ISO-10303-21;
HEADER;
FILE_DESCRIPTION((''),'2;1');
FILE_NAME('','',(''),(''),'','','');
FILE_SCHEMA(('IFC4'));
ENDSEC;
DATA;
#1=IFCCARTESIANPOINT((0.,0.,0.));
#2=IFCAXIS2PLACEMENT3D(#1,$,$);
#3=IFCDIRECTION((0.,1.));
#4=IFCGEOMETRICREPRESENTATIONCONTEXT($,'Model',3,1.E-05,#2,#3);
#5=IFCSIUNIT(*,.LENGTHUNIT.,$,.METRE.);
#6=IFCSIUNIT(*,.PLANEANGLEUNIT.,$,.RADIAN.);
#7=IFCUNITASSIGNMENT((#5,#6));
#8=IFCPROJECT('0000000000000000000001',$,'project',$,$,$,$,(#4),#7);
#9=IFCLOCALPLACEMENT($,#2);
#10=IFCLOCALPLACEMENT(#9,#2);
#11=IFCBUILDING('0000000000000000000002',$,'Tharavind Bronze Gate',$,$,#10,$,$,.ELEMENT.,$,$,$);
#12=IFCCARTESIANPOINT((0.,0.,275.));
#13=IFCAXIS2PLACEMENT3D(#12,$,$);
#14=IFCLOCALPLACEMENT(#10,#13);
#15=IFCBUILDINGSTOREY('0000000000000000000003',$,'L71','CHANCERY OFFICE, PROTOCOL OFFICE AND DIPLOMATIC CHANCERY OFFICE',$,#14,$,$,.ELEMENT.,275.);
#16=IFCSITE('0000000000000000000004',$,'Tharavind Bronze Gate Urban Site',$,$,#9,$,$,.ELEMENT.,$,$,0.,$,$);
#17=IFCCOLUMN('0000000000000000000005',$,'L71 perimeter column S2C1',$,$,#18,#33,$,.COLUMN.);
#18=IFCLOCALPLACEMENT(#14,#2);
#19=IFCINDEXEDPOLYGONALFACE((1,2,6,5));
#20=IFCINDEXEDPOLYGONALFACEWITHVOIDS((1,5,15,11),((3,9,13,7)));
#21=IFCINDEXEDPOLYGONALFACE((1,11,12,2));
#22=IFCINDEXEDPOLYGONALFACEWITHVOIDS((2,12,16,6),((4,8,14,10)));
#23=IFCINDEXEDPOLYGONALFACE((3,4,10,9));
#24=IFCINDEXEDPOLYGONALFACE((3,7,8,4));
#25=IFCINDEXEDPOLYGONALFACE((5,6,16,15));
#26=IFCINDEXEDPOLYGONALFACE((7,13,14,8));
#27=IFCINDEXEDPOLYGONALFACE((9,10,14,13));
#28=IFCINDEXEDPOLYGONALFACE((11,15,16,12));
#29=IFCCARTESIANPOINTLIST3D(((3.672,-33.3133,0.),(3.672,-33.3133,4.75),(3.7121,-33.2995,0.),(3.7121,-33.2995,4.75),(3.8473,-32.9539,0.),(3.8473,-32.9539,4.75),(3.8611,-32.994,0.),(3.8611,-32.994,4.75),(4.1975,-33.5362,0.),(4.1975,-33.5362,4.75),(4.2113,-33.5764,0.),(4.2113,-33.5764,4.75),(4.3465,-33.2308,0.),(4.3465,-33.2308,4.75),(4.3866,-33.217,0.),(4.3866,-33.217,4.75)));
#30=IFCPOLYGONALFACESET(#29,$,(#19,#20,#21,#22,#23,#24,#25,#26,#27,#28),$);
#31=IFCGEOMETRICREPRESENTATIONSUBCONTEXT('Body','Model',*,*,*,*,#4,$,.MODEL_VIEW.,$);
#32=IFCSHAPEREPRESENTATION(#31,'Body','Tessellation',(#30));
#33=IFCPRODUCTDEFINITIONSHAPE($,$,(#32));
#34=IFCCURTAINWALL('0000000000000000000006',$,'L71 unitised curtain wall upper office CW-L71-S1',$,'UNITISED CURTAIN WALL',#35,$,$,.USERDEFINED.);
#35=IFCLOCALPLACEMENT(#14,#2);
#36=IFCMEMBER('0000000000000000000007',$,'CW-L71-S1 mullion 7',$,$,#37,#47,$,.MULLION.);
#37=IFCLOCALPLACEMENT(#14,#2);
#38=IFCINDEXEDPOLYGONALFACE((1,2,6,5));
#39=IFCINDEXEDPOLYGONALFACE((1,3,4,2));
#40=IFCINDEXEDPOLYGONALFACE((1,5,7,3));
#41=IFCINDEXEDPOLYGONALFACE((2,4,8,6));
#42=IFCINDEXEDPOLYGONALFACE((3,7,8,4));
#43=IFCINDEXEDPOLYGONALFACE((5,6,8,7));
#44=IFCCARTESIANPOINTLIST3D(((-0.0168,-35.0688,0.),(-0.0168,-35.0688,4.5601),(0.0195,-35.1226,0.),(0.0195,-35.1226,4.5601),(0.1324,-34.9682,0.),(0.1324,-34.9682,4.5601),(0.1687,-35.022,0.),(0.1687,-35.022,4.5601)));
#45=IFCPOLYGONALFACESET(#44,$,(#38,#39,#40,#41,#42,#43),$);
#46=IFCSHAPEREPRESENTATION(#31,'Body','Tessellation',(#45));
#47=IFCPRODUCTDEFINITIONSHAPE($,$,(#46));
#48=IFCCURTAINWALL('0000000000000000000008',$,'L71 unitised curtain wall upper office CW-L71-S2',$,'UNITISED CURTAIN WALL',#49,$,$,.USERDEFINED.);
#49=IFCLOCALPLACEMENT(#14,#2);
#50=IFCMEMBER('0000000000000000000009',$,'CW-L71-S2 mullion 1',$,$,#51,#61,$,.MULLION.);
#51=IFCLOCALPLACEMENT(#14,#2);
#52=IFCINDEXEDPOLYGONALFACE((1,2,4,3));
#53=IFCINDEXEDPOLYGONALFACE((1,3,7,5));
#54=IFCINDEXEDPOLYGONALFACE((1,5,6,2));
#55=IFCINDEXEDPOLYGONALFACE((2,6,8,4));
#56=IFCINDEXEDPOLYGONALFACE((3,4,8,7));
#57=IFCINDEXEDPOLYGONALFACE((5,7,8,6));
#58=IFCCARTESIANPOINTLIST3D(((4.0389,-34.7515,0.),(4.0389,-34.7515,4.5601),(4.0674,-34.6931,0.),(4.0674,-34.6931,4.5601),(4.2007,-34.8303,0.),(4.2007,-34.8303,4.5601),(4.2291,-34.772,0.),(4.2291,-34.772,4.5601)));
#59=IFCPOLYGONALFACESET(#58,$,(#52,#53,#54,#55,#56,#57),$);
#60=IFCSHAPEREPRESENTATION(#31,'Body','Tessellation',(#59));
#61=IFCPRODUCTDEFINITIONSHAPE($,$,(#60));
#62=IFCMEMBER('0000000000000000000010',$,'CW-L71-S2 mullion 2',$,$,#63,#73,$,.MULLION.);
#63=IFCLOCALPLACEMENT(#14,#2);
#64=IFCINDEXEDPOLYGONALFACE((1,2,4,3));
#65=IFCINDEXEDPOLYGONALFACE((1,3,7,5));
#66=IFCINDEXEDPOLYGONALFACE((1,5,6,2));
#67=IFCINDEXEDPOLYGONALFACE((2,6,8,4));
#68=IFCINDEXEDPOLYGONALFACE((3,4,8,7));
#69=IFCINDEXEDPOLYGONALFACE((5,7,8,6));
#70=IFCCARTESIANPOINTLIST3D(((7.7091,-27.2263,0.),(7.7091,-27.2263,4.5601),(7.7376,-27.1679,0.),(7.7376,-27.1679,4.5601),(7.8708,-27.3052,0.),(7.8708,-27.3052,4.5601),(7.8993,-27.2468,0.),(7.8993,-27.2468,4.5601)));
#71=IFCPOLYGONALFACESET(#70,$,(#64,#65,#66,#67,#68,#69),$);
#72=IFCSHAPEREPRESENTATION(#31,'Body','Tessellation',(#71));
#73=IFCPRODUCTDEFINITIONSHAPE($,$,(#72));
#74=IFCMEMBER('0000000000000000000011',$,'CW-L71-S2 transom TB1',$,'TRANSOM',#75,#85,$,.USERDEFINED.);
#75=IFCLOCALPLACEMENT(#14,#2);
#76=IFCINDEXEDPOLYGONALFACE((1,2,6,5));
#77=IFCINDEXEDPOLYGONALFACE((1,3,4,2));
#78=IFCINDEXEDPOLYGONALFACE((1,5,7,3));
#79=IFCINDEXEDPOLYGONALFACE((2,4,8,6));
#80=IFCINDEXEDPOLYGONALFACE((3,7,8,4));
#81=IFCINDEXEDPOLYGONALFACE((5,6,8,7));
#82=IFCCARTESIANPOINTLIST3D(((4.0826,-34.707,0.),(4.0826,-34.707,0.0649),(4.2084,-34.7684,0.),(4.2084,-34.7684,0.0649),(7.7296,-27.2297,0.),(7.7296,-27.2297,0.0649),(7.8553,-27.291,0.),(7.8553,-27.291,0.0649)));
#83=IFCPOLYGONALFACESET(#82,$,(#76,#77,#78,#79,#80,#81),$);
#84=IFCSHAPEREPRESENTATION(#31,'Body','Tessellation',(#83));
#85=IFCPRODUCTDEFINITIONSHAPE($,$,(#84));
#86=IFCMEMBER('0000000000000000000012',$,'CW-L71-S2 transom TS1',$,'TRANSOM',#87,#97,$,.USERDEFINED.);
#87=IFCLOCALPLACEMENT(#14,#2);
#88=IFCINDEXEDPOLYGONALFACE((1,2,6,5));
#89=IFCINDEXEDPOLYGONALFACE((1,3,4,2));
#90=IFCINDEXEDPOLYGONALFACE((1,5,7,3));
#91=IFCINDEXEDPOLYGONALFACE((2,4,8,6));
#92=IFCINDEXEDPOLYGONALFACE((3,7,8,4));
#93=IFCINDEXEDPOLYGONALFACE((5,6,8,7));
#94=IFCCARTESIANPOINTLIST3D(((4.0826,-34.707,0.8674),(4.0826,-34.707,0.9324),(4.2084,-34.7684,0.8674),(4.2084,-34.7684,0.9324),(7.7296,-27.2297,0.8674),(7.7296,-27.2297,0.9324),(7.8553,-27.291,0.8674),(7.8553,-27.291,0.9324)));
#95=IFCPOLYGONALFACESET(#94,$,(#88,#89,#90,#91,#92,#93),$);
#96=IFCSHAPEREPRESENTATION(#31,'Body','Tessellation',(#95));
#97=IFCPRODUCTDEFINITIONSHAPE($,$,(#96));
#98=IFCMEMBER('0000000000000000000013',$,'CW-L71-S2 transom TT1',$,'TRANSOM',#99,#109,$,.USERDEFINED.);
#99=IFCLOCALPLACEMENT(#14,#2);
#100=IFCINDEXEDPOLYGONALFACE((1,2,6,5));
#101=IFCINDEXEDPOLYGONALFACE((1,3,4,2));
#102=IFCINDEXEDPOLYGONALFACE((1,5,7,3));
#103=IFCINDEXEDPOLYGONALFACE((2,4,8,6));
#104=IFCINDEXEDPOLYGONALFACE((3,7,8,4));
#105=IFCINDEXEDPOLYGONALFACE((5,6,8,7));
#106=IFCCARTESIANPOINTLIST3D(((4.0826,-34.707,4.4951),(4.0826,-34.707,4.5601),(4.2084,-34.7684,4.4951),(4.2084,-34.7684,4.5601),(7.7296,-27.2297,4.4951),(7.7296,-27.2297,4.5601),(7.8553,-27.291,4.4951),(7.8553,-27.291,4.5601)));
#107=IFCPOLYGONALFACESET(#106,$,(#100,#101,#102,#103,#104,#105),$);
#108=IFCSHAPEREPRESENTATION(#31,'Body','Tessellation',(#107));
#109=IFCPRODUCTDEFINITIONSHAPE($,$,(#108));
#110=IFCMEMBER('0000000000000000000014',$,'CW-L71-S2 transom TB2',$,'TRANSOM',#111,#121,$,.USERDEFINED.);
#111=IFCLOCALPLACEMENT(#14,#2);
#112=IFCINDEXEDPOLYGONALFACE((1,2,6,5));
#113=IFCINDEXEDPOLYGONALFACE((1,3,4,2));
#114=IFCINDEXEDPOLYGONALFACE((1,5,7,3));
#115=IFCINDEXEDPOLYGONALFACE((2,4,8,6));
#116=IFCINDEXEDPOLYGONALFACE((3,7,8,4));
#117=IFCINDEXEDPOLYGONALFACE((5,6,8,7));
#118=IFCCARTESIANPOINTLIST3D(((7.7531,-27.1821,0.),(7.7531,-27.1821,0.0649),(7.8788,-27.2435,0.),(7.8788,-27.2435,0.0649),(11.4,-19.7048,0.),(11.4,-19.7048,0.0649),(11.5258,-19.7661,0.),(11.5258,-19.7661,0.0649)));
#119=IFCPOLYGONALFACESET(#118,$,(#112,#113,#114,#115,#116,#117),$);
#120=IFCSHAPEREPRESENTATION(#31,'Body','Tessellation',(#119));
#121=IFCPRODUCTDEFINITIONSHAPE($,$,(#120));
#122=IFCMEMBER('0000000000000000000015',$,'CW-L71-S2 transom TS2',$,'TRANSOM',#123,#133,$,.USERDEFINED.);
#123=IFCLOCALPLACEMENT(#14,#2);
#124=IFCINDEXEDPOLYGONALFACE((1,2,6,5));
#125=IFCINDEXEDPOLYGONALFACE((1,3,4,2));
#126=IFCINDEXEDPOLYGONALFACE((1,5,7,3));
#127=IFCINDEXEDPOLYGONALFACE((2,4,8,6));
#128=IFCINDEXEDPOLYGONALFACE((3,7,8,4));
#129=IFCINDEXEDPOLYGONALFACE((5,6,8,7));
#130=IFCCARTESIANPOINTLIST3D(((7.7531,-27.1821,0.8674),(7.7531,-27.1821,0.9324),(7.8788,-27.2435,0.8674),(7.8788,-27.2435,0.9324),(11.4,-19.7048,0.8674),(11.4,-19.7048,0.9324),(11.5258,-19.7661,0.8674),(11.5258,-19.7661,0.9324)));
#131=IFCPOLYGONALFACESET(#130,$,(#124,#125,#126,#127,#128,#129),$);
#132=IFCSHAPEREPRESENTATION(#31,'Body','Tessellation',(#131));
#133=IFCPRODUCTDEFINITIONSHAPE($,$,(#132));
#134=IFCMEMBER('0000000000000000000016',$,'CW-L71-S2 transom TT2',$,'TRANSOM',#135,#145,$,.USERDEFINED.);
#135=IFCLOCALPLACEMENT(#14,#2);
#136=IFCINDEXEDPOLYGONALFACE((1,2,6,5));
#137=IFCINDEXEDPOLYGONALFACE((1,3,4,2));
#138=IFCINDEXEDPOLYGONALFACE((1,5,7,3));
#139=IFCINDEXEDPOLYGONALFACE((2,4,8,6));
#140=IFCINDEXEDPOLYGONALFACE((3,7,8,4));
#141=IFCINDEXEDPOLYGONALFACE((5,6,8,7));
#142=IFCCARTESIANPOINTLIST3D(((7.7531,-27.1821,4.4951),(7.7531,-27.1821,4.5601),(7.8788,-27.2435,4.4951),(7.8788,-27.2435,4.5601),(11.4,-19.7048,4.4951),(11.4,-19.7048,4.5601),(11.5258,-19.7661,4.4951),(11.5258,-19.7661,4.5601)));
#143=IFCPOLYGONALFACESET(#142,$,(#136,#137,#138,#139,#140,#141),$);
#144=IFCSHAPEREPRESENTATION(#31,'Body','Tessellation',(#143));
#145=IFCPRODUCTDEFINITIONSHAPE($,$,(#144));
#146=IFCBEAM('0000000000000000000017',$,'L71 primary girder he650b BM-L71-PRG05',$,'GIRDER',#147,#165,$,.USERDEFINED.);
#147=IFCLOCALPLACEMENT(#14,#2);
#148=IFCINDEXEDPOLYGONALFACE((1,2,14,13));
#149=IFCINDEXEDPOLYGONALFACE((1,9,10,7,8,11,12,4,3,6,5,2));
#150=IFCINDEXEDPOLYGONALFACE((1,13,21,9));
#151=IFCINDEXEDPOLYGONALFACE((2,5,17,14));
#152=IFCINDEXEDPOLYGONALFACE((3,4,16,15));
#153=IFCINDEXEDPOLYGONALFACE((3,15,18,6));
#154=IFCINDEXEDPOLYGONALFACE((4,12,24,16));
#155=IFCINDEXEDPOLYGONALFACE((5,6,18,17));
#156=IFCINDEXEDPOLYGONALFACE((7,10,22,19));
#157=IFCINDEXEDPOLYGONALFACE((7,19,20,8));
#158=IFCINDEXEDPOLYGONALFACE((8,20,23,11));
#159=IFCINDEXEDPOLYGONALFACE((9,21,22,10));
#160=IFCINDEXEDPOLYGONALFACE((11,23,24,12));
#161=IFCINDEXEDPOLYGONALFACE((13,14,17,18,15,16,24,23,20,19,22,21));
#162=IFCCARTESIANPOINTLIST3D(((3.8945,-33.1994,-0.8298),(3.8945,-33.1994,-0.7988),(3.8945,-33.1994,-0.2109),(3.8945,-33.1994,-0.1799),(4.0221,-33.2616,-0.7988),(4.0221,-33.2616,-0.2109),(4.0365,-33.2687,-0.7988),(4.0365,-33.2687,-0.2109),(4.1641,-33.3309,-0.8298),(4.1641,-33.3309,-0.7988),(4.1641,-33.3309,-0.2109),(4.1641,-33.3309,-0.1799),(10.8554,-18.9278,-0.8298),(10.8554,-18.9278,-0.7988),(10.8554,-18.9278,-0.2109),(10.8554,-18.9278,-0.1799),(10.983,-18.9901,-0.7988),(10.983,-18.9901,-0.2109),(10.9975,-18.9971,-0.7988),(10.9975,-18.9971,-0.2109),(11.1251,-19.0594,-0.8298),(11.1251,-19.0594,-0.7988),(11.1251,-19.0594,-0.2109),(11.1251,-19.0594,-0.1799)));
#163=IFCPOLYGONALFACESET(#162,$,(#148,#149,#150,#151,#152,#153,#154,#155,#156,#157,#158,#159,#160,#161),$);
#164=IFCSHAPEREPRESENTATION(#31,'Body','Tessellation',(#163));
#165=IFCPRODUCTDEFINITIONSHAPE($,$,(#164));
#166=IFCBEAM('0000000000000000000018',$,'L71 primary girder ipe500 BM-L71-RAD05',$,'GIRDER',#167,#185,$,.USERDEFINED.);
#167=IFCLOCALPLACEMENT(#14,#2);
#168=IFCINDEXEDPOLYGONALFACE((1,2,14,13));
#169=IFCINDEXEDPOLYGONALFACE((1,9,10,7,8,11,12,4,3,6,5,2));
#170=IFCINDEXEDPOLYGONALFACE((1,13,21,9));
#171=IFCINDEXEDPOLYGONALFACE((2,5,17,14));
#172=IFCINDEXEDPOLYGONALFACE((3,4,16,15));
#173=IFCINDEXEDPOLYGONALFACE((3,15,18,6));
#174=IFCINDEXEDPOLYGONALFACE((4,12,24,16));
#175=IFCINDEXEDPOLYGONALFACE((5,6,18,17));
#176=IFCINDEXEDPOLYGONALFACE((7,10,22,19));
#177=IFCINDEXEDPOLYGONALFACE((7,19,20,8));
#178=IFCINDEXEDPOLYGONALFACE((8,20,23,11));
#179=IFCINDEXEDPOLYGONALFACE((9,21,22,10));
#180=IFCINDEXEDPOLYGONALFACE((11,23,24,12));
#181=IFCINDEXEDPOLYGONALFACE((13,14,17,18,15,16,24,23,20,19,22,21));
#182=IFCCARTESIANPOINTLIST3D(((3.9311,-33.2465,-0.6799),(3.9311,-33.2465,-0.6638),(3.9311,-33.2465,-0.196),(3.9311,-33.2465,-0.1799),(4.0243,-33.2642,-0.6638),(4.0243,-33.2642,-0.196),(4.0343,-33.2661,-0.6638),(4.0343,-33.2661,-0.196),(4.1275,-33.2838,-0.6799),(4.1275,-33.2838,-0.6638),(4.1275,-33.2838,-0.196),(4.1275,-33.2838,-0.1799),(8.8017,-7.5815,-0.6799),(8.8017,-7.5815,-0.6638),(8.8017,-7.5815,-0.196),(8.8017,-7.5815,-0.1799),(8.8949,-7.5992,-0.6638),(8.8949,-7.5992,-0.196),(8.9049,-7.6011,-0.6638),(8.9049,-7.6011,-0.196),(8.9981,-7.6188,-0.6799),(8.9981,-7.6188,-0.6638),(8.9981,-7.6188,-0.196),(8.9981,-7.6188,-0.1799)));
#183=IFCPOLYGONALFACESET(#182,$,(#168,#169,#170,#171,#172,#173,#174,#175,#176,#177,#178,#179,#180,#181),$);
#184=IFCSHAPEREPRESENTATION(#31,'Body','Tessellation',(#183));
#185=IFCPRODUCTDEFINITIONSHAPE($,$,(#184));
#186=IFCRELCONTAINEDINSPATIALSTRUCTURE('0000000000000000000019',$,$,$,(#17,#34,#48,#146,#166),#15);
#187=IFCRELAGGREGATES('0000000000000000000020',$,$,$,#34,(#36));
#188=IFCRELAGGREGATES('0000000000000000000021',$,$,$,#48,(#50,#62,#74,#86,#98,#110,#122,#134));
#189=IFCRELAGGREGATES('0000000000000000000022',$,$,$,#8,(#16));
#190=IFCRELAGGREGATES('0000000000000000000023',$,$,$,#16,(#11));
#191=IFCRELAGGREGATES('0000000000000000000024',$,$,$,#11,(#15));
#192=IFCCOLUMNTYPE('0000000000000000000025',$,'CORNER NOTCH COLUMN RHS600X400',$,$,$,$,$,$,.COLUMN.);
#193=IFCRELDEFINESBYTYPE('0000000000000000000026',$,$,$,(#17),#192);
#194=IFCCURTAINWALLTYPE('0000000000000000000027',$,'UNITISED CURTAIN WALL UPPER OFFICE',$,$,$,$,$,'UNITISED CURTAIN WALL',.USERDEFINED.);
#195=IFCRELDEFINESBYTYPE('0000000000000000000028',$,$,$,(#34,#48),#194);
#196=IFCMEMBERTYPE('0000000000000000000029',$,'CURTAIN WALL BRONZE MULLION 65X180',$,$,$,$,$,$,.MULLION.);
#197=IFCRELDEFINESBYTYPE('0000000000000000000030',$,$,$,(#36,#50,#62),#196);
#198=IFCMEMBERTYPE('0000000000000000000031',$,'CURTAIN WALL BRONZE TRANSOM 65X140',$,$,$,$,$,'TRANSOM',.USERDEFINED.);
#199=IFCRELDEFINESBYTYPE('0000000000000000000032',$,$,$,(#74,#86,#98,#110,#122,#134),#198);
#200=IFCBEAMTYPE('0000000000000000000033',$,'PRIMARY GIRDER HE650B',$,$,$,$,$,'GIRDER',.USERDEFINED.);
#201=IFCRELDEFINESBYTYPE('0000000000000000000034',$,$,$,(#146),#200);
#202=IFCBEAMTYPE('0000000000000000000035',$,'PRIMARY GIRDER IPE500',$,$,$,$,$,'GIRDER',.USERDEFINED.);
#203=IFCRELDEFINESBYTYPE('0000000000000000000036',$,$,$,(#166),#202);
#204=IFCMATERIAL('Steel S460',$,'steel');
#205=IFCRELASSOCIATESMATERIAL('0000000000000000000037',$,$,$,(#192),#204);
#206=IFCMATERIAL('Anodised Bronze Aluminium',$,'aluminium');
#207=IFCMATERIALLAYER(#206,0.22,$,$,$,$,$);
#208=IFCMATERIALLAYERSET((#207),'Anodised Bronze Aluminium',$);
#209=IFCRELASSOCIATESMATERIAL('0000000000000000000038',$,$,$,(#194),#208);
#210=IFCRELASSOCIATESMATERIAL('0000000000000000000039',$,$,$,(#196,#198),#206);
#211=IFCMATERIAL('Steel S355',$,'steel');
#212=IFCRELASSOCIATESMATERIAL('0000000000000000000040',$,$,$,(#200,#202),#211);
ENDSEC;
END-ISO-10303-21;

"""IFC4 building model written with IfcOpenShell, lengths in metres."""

from ifc_helpers import new_model, si_unit, direction, frame, origin, origin_2d, place, context, subcontext, project, spatial, rectangle, hollow_rectangle, i_section, extrude, material, layer, layer_set, material_profile, profile_set, type_object, element, aggregate, save


model = new_model("IFC4")

# Units and contexts
model_context = context("Model", 3, precision=1e-05, world=origin(), true_north=direction((0.0, 1.0)))
body_context = subcontext(model_context, "Body", "Model", "MODEL_VIEW")
ifc_project = project(units=[si_unit("LENGTHUNIT", "METRE"), si_unit("PLANEANGLEUNIT", "RADIAN")], contexts=[model_context])

# Site, building, storey
site_placement = place(None, origin())
site = spatial("IfcSite", under=ifc_project, at=site_placement, Name="Tharavind Bronze Gate Urban Site", CompositionType="ELEMENT", RefElevation=0.0)
building_placement = place(site_placement, origin())
building = spatial("IfcBuilding", under=site, at=building_placement, Name="Tharavind Bronze Gate", CompositionType="ELEMENT")
storey_placement = place(building_placement, frame((0.0, 0.0, 275.0)))
storey = spatial("IfcBuildingStorey", under=building, at=storey_placement, Name="L71", Description="CHANCERY OFFICE, PROTOCOL OFFICE AND DIPLOMATIC CHANCERY OFFICE", CompositionType="ELEMENT", Elevation=275.0)

# Column
ifc_material_1 = material(Name="Steel S460", Category="steel")
ifc_material_profile_1 = material_profile(ifc_material_1, hollow_rectangle(XDim=0.3999, YDim=0.6001, WallThickness=0.03, at=origin_2d()), Name="RHS600X400X30")
ifc_profile_set_1 = profile_set([ifc_material_profile_1], Name="Steel S460")
column_type = type_object("IfcColumnType", Name="CORNER NOTCH COLUMN RHS600X400", PredefinedType="COLUMN", material=ifc_profile_set_1)
column_placement = place(storey_placement, frame((4.0293, -33.2651, 0.0), z_axis=(0.0, 0.0, 1.0), x_axis=(0.438373, 0.898793, 0.0)))
element("IfcColumn", 1, at=column_placement, inside=storey, type_object=column_type, Name="L71 perimeter column S2C1", PredefinedType="COLUMN", context=body_context, shape_type="SweptSolid", body=[
    extrude(hollow_rectangle(XDim=0.3999, YDim=0.6001, WallThickness=0.03, at=origin_2d()), origin(), (0.0, 0.0, 1.0), 4.75),
])

# Curtain wall, member
ifc_material_2 = material(Name="Anodised Bronze Aluminium", Category="aluminium")
ifc_layer_1 = layer(ifc_material_2, 0.22)
ifc_layer_set_1 = layer_set([ifc_layer_1], Name="Anodised Bronze Aluminium")
curtain_wall_type = type_object("IfcCurtainWallType", Name="UNITISED CURTAIN WALL UPPER OFFICE", ElementType="UNITISED CURTAIN WALL", PredefinedType="USERDEFINED", material=ifc_layer_set_1)
curtain_wall_1_placement = place(storey_placement, origin())
curtain_wall_1 = element("IfcCurtainWall", 2, at=curtain_wall_1_placement, inside=storey, type_object=curtain_wall_type, Name="L71 unitised curtain wall upper office CW-L71-S1", ObjectType="UNITISED CURTAIN WALL", PredefinedType="USERDEFINED")
member_type_1 = type_object("IfcMemberType", Name="CURTAIN WALL BRONZE MULLION 65X180", PredefinedType="MULLION", material=ifc_material_2)
member_1_placement = place(storey_placement, frame((0.0759, -35.0454, 0.0), z_axis=(0.0, 0.0, 1.0), x_axis=(0.559191, -0.829039, 0.0)))
member_1 = element("IfcMember", 3, at=member_1_placement, type_object=member_type_1, Name="CW-L71-S1 mullion 7", PredefinedType="MULLION", context=body_context, shape_type="SweptSolid", body=[
    extrude(rectangle(XDim=0.0649, YDim=0.1799, at=origin_2d()), origin(), (0.0, 0.0, 1.0), 4.5601),
])
aggregate(curtain_wall_1, [member_1])

# Curtain wall, members
curtain_wall_2_placement = place(storey_placement, origin())
curtain_wall_2 = element("IfcCurtainWall", 4, at=curtain_wall_2_placement, inside=storey, type_object=curtain_wall_type, Name="L71 unitised curtain wall upper office CW-L71-S2", ObjectType="UNITISED CURTAIN WALL", PredefinedType="USERDEFINED")
member_2_placement = place(storey_placement, frame((4.134, -34.7617, 0.0), z_axis=(0.0, 0.0, 1.0), x_axis=(0.438373, 0.898793, 0.0)))
member_2 = element("IfcMember", 5, at=member_2_placement, type_object=member_type_1, Name="CW-L71-S2 mullion 1", PredefinedType="MULLION", context=body_context, shape_type="SweptSolid", body=[
    extrude(rectangle(XDim=0.0649, YDim=0.1799, at=origin_2d()), origin(), (0.0, 0.0, 1.0), 4.5601),
])
member_3_placement = place(storey_placement, frame((7.8042, -27.2366, 0.0), z_axis=(0.0, 0.0, 1.0), x_axis=(0.438373, 0.898793, 0.0)))
member_3 = element("IfcMember", 6, at=member_3_placement, type_object=member_type_1, Name="CW-L71-S2 mullion 2", PredefinedType="MULLION", context=body_context, shape_type="SweptSolid", body=[
    extrude(rectangle(XDim=0.0649, YDim=0.1799, at=origin_2d()), origin(), (0.0, 0.0, 1.0), 4.5601),
])
member_type_2 = type_object("IfcMemberType", Name="CURTAIN WALL BRONZE TRANSOM 65X140", ElementType="TRANSOM", PredefinedType="USERDEFINED", material=ifc_material_2)
member_4_placement = place(storey_placement, frame((5.969, -30.999, 0.0), z_axis=(0.0, 0.0, 1.0), x_axis=(0.438373, 0.898793, 0.0)))
member_4 = element("IfcMember", 7, at=member_4_placement, type_object=member_type_2, Name="CW-L71-S2 transom TB1", ObjectType="TRANSOM", PredefinedType="USERDEFINED", context=body_context, shape_type="SweptSolid", body=[
    extrude(rectangle(XDim=8.3193, YDim=0.1399, at=origin_2d()), origin(), (0.0, 0.0, 1.0), 0.0649),
])
member_5_placement = place(storey_placement, frame((5.969, -30.999, 0.8674), z_axis=(0.0, 0.0, 1.0), x_axis=(0.438373, 0.898793, 0.0)))
member_5 = element("IfcMember", 8, at=member_5_placement, type_object=member_type_2, Name="CW-L71-S2 transom TS1", ObjectType="TRANSOM", PredefinedType="USERDEFINED", context=body_context, shape_type="SweptSolid", body=[
    extrude(rectangle(XDim=8.3193, YDim=0.1399, at=origin_2d()), origin(), (0.0, 0.0, 1.0), 0.0649),
])
member_6_placement = place(storey_placement, frame((5.969, -30.999, 4.4951), z_axis=(0.0, 0.0, 1.0), x_axis=(0.438373, 0.898793, 0.0)))
member_6 = element("IfcMember", 9, at=member_6_placement, type_object=member_type_2, Name="CW-L71-S2 transom TT1", ObjectType="TRANSOM", PredefinedType="USERDEFINED", context=body_context, shape_type="SweptSolid", body=[
    extrude(rectangle(XDim=8.3193, YDim=0.1399, at=origin_2d()), origin(), (0.0, 0.0, 1.0), 0.0649),
])
member_7_placement = place(storey_placement, frame((9.6394, -23.4741, 0.0), z_axis=(0.0, 0.0, 1.0), x_axis=(0.438373, 0.898793, 0.0)))
member_7 = element("IfcMember", 10, at=member_7_placement, type_object=member_type_2, Name="CW-L71-S2 transom TB2", ObjectType="TRANSOM", PredefinedType="USERDEFINED", context=body_context, shape_type="SweptSolid", body=[
    extrude(rectangle(XDim=8.3193, YDim=0.1399, at=origin_2d()), origin(), (0.0, 0.0, 1.0), 0.0649),
])
member_8_placement = place(storey_placement, frame((9.6394, -23.4741, 0.8674), z_axis=(0.0, 0.0, 1.0), x_axis=(0.438373, 0.898793, 0.0)))
member_8 = element("IfcMember", 11, at=member_8_placement, type_object=member_type_2, Name="CW-L71-S2 transom TS2", ObjectType="TRANSOM", PredefinedType="USERDEFINED", context=body_context, shape_type="SweptSolid", body=[
    extrude(rectangle(XDim=8.3193, YDim=0.1399, at=origin_2d()), origin(), (0.0, 0.0, 1.0), 0.0649),
])
member_9_placement = place(storey_placement, frame((9.6394, -23.4741, 4.4951), z_axis=(0.0, 0.0, 1.0), x_axis=(0.438373, 0.898793, 0.0)))
member_9 = element("IfcMember", 12, at=member_9_placement, type_object=member_type_2, Name="CW-L71-S2 transom TT2", ObjectType="TRANSOM", PredefinedType="USERDEFINED", context=body_context, shape_type="SweptSolid", body=[
    extrude(rectangle(XDim=8.3193, YDim=0.1399, at=origin_2d()), origin(), (0.0, 0.0, 1.0), 0.0649),
])

# Beams
ifc_material_3 = material(Name="Steel S355", Category="steel")
ifc_material_profile_2 = material_profile(ifc_material_3, i_section(OverallWidth=0.3, OverallDepth=0.6499, WebThickness=0.0161, FlangeThickness=0.031, at=origin_2d()), Name="HE650B")
ifc_profile_set_2 = profile_set([ifc_material_profile_2], Name="Steel S355")
beam_type_1 = type_object("IfcBeamType", Name="PRIMARY GIRDER HE650B", ElementType="GIRDER", PredefinedType="USERDEFINED", material=ifc_profile_set_2)
beam_1_placement = place(storey_placement, frame((4.0293, -33.2651, -0.5049), z_axis=(0.438385, 0.898787, 0.0), x_axis=(-0.898787, 0.438385, 0.0)))
element("IfcBeam", 13, at=beam_1_placement, inside=storey, type_object=beam_type_1, Name="L71 primary girder he650b BM-L71-PRG05", ObjectType="GIRDER", PredefinedType="USERDEFINED", context=body_context, shape_type="SweptSolid", body=[
    extrude(i_section(OverallWidth=0.3, OverallDepth=0.6499, WebThickness=0.0161, FlangeThickness=0.031, at=origin_2d()), origin(), (0.0, 0.0, 1.0), 15.8787),
])
ifc_material_profile_3 = material_profile(ifc_material_3, i_section(OverallWidth=0.2, OverallDepth=0.5, WebThickness=0.0103, FlangeThickness=0.0161, at=origin_2d()), Name="IPE500")
ifc_profile_set_3 = profile_set([ifc_material_profile_3], Name="Steel S355")
beam_type_2 = type_object("IfcBeamType", Name="PRIMARY GIRDER IPE500", ElementType="GIRDER", PredefinedType="USERDEFINED", material=ifc_profile_set_3)
beam_2_placement = place(storey_placement, frame((4.0293, -33.2651, -0.4299), z_axis=(0.186448, 0.982465, 0.0), x_axis=(-0.982465, 0.186448, 0.0)))
element("IfcBeam", 14, at=beam_2_placement, inside=storey, type_object=beam_type_2, Name="L71 primary girder ipe500 BM-L71-RAD05", ObjectType="GIRDER", PredefinedType="USERDEFINED", context=body_context, shape_type="SweptSolid", body=[
    extrude(i_section(OverallWidth=0.2, OverallDepth=0.5, WebThickness=0.0103, FlangeThickness=0.0161, at=origin_2d()), origin(), (0.0, 0.0, 1.0), 26.123),
])

aggregate(curtain_wall_2, [member_2, member_3, member_4, member_5, member_6, member_7, member_8, member_9])

save(model, "model.ifc")
